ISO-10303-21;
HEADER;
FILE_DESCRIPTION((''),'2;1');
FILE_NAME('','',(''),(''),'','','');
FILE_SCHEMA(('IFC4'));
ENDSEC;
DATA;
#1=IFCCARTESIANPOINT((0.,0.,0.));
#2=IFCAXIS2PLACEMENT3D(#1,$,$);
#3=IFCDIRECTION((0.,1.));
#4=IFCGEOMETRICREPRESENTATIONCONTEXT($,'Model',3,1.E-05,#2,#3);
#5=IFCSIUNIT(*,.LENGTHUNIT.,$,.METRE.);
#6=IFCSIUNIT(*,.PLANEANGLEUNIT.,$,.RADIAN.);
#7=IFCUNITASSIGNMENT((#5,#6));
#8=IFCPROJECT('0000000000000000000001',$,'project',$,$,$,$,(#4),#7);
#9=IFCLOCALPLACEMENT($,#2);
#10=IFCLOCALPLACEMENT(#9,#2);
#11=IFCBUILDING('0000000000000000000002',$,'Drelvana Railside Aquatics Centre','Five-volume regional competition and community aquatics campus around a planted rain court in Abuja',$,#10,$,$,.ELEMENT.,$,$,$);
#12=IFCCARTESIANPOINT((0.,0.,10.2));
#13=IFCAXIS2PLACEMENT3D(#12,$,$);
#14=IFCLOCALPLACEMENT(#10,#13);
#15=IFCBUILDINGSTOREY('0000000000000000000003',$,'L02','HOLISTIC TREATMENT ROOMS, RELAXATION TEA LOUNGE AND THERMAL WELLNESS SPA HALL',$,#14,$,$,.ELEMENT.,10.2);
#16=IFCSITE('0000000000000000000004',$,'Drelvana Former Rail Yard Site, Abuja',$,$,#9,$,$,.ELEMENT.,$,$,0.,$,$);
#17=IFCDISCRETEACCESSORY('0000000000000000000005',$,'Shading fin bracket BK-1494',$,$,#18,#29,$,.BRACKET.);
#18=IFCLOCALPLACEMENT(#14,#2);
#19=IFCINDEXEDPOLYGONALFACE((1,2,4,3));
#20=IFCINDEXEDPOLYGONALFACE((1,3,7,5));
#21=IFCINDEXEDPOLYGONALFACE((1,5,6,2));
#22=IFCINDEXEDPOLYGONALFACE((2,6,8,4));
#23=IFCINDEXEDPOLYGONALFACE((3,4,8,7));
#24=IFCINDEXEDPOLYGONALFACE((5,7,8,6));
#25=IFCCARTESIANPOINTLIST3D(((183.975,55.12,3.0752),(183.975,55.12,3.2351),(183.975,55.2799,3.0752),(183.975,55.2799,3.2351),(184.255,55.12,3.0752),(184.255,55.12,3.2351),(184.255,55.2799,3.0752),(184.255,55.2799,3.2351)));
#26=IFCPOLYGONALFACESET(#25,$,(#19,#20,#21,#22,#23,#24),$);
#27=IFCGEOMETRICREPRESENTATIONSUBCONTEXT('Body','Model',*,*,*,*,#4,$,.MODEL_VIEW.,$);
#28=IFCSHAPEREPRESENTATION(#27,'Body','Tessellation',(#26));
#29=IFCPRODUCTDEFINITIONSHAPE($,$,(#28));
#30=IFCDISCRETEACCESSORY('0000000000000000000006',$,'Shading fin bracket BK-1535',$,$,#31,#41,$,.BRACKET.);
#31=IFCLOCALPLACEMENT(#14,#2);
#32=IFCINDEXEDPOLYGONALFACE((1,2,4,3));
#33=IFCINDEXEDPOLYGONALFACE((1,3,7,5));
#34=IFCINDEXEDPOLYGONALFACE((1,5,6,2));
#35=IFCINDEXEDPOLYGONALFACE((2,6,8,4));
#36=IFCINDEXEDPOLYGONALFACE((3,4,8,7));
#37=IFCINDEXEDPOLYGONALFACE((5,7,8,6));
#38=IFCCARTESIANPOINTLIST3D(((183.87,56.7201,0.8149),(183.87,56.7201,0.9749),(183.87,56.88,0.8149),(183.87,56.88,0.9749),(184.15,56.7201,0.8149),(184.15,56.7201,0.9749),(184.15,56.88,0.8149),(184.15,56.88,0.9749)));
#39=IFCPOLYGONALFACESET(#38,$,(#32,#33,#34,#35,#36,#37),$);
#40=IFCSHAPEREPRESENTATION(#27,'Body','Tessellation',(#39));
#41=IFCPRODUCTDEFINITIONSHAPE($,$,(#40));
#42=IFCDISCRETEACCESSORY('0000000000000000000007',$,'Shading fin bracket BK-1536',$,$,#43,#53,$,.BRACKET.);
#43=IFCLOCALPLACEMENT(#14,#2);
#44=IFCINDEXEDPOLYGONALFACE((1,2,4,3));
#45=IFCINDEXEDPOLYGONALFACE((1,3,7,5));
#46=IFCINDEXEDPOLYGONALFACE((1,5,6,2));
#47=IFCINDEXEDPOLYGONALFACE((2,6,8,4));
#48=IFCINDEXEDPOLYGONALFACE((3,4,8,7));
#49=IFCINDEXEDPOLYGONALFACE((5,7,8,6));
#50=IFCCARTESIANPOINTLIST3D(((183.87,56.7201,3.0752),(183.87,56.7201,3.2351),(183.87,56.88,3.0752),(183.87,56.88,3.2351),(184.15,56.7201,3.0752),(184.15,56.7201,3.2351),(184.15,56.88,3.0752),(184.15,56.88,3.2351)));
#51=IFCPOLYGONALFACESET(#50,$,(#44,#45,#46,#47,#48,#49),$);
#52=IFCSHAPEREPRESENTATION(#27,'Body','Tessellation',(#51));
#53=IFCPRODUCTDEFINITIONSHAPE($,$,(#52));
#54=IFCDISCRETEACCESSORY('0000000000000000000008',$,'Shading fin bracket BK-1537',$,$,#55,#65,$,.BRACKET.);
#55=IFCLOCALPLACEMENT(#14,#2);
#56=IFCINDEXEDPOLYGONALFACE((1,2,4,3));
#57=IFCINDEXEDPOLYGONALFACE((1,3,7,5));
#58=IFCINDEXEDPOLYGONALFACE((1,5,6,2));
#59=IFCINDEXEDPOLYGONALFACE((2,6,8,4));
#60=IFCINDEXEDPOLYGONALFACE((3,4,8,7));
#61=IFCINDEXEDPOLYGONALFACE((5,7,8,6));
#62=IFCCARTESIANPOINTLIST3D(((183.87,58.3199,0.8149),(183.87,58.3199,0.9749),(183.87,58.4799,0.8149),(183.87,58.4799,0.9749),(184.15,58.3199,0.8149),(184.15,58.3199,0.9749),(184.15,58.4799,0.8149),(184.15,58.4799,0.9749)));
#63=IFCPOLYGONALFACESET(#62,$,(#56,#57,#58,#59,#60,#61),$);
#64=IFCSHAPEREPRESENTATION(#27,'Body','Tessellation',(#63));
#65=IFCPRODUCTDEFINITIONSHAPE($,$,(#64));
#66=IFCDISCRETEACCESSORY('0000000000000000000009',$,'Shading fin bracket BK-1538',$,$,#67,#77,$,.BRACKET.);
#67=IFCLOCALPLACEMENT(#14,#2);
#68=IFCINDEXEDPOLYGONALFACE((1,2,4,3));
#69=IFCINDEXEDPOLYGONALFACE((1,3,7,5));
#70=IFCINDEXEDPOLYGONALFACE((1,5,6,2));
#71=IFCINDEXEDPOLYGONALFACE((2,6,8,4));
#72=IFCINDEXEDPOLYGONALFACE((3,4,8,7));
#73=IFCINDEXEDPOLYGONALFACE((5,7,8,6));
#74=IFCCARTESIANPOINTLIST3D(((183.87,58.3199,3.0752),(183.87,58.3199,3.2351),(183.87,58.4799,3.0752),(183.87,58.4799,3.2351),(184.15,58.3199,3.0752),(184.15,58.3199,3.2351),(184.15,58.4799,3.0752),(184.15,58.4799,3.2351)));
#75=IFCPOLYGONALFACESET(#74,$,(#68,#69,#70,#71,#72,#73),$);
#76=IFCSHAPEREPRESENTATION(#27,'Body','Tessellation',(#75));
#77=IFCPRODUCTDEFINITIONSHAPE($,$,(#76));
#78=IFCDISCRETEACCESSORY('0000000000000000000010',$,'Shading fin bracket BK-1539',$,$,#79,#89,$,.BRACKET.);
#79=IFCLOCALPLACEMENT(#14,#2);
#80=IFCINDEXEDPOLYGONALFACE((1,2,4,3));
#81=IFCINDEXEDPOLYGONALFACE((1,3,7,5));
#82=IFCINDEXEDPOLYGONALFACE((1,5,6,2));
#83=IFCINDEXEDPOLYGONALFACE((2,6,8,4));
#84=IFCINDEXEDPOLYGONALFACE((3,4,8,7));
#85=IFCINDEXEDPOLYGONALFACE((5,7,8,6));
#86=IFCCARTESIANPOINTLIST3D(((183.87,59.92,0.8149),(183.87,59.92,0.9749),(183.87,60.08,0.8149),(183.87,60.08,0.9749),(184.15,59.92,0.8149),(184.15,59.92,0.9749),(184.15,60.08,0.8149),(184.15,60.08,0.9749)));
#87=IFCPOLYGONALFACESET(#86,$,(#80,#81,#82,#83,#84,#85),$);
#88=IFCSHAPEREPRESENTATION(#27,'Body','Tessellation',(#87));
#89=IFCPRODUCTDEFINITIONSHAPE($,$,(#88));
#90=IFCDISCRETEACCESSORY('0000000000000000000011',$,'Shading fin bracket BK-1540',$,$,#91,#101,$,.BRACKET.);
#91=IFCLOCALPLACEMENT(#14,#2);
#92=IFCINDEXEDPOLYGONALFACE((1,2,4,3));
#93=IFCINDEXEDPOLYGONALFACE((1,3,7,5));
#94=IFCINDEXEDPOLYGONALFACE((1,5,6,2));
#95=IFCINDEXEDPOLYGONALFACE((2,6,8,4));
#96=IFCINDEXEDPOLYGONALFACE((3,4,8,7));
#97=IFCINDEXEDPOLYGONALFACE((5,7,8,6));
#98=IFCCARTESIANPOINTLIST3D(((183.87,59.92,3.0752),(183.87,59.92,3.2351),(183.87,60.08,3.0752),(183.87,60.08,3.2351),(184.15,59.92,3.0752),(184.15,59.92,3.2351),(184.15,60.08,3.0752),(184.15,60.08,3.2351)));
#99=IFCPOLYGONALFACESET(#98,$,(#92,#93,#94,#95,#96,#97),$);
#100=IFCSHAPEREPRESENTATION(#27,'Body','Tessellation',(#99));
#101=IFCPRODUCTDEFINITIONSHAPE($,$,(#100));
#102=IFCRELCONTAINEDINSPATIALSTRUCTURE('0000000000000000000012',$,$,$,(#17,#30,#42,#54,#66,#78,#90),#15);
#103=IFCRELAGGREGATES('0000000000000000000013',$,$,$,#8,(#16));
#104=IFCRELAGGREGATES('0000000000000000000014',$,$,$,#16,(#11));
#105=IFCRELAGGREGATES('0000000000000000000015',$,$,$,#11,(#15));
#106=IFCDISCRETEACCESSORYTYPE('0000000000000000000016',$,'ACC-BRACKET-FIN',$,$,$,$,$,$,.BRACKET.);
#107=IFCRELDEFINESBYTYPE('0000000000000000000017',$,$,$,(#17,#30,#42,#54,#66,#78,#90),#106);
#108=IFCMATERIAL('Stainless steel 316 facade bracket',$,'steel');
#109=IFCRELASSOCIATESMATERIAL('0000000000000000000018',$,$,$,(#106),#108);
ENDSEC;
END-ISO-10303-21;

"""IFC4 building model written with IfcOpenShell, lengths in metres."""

from ifc_helpers import new_model, si_unit, direction, frame, origin, origin_2d, place, context, subcontext, project, spatial, rectangle, extrude, material, type_object, element, save


model = new_model("IFC4")

# Units and contexts
model_context = context("Model", 3, precision=1e-05, world=origin(), true_north=direction((0.0, 1.0)))
body_context = subcontext(model_context, "Body", "Model", "MODEL_VIEW")
ifc_project = project(units=[si_unit("LENGTHUNIT", "METRE"), si_unit("PLANEANGLEUNIT", "RADIAN")], contexts=[model_context])

# Site, building, storey
site_placement = place(None, origin())
site = spatial("IfcSite", under=ifc_project, at=site_placement, Name="Drelvana Former Rail Yard Site, Abuja", CompositionType="ELEMENT", RefElevation=0.0)
building_placement = place(site_placement, origin())
building = spatial("IfcBuilding", under=site, at=building_placement, Name="Drelvana Railside Aquatics Centre", Description="Five-volume regional competition and community aquatics campus around a planted rain court in Abuja", CompositionType="ELEMENT")
storey_placement = place(building_placement, frame((0.0, 0.0, 10.2)))
storey = spatial("IfcBuildingStorey", under=building, at=storey_placement, Name="L02", Description="HOLISTIC TREATMENT ROOMS, RELAXATION TEA LOUNGE AND THERMAL WELLNESS SPA HALL", CompositionType="ELEMENT", Elevation=10.2)

# Discrete accessories
ifc_material_1 = material(Name="Stainless steel 316 facade bracket", Category="steel")
discrete_accessory_type = type_object("IfcDiscreteAccessoryType", Name="ACC-BRACKET-FIN", PredefinedType="BRACKET", material=ifc_material_1)
for number, where, z_axis, x_axis, name in (
    (1, (184.115, 55.2, 3.0752), (0.0, 0.0, 1.0), (1.0, 0.0, 0.0), "Shading fin bracket BK-1494"),
    (2, (184.01, 56.8, 0.8149), (0.0, 0.0, 1.0), (1.0, 0.0, 0.0), "Shading fin bracket BK-1535"),
    (3, (184.01, 56.8, 3.0752), (0.0, 0.0, 1.0), (1.0, 0.0, 0.0), "Shading fin bracket BK-1536"),
    (4, (184.01, 58.3999, 0.8149), (0.0, 0.0, 1.0), (1.0, 0.0, 0.0), "Shading fin bracket BK-1537"),
    (5, (184.01, 58.3999, 3.0752), (0.0, 0.0, 1.0), (1.0, 0.0, 0.0), "Shading fin bracket BK-1538"),
    (6, (184.01, 60.0, 0.8149), (0.0, 0.0, 1.0), (1.0, 0.0, 0.0), "Shading fin bracket BK-1539"),
    (7, (184.01, 60.0, 3.0752), (0.0, 0.0, 1.0), (1.0, 0.0, 0.0), "Shading fin bracket BK-1540"),
):
    element("IfcDiscreteAccessory", number, at=place(storey_placement, frame(where, z_axis=z_axis, x_axis=x_axis)), inside=storey, type_object=discrete_accessory_type, Name=name, PredefinedType="BRACKET", context=body_context, shape_type="SweptSolid", body=[
        extrude(rectangle(XDim=0.28, YDim=0.1599, at=origin_2d()), origin(), (0.0, 0.0, 1.0), 0.1599),
    ])

save(model, "model.ifc")
